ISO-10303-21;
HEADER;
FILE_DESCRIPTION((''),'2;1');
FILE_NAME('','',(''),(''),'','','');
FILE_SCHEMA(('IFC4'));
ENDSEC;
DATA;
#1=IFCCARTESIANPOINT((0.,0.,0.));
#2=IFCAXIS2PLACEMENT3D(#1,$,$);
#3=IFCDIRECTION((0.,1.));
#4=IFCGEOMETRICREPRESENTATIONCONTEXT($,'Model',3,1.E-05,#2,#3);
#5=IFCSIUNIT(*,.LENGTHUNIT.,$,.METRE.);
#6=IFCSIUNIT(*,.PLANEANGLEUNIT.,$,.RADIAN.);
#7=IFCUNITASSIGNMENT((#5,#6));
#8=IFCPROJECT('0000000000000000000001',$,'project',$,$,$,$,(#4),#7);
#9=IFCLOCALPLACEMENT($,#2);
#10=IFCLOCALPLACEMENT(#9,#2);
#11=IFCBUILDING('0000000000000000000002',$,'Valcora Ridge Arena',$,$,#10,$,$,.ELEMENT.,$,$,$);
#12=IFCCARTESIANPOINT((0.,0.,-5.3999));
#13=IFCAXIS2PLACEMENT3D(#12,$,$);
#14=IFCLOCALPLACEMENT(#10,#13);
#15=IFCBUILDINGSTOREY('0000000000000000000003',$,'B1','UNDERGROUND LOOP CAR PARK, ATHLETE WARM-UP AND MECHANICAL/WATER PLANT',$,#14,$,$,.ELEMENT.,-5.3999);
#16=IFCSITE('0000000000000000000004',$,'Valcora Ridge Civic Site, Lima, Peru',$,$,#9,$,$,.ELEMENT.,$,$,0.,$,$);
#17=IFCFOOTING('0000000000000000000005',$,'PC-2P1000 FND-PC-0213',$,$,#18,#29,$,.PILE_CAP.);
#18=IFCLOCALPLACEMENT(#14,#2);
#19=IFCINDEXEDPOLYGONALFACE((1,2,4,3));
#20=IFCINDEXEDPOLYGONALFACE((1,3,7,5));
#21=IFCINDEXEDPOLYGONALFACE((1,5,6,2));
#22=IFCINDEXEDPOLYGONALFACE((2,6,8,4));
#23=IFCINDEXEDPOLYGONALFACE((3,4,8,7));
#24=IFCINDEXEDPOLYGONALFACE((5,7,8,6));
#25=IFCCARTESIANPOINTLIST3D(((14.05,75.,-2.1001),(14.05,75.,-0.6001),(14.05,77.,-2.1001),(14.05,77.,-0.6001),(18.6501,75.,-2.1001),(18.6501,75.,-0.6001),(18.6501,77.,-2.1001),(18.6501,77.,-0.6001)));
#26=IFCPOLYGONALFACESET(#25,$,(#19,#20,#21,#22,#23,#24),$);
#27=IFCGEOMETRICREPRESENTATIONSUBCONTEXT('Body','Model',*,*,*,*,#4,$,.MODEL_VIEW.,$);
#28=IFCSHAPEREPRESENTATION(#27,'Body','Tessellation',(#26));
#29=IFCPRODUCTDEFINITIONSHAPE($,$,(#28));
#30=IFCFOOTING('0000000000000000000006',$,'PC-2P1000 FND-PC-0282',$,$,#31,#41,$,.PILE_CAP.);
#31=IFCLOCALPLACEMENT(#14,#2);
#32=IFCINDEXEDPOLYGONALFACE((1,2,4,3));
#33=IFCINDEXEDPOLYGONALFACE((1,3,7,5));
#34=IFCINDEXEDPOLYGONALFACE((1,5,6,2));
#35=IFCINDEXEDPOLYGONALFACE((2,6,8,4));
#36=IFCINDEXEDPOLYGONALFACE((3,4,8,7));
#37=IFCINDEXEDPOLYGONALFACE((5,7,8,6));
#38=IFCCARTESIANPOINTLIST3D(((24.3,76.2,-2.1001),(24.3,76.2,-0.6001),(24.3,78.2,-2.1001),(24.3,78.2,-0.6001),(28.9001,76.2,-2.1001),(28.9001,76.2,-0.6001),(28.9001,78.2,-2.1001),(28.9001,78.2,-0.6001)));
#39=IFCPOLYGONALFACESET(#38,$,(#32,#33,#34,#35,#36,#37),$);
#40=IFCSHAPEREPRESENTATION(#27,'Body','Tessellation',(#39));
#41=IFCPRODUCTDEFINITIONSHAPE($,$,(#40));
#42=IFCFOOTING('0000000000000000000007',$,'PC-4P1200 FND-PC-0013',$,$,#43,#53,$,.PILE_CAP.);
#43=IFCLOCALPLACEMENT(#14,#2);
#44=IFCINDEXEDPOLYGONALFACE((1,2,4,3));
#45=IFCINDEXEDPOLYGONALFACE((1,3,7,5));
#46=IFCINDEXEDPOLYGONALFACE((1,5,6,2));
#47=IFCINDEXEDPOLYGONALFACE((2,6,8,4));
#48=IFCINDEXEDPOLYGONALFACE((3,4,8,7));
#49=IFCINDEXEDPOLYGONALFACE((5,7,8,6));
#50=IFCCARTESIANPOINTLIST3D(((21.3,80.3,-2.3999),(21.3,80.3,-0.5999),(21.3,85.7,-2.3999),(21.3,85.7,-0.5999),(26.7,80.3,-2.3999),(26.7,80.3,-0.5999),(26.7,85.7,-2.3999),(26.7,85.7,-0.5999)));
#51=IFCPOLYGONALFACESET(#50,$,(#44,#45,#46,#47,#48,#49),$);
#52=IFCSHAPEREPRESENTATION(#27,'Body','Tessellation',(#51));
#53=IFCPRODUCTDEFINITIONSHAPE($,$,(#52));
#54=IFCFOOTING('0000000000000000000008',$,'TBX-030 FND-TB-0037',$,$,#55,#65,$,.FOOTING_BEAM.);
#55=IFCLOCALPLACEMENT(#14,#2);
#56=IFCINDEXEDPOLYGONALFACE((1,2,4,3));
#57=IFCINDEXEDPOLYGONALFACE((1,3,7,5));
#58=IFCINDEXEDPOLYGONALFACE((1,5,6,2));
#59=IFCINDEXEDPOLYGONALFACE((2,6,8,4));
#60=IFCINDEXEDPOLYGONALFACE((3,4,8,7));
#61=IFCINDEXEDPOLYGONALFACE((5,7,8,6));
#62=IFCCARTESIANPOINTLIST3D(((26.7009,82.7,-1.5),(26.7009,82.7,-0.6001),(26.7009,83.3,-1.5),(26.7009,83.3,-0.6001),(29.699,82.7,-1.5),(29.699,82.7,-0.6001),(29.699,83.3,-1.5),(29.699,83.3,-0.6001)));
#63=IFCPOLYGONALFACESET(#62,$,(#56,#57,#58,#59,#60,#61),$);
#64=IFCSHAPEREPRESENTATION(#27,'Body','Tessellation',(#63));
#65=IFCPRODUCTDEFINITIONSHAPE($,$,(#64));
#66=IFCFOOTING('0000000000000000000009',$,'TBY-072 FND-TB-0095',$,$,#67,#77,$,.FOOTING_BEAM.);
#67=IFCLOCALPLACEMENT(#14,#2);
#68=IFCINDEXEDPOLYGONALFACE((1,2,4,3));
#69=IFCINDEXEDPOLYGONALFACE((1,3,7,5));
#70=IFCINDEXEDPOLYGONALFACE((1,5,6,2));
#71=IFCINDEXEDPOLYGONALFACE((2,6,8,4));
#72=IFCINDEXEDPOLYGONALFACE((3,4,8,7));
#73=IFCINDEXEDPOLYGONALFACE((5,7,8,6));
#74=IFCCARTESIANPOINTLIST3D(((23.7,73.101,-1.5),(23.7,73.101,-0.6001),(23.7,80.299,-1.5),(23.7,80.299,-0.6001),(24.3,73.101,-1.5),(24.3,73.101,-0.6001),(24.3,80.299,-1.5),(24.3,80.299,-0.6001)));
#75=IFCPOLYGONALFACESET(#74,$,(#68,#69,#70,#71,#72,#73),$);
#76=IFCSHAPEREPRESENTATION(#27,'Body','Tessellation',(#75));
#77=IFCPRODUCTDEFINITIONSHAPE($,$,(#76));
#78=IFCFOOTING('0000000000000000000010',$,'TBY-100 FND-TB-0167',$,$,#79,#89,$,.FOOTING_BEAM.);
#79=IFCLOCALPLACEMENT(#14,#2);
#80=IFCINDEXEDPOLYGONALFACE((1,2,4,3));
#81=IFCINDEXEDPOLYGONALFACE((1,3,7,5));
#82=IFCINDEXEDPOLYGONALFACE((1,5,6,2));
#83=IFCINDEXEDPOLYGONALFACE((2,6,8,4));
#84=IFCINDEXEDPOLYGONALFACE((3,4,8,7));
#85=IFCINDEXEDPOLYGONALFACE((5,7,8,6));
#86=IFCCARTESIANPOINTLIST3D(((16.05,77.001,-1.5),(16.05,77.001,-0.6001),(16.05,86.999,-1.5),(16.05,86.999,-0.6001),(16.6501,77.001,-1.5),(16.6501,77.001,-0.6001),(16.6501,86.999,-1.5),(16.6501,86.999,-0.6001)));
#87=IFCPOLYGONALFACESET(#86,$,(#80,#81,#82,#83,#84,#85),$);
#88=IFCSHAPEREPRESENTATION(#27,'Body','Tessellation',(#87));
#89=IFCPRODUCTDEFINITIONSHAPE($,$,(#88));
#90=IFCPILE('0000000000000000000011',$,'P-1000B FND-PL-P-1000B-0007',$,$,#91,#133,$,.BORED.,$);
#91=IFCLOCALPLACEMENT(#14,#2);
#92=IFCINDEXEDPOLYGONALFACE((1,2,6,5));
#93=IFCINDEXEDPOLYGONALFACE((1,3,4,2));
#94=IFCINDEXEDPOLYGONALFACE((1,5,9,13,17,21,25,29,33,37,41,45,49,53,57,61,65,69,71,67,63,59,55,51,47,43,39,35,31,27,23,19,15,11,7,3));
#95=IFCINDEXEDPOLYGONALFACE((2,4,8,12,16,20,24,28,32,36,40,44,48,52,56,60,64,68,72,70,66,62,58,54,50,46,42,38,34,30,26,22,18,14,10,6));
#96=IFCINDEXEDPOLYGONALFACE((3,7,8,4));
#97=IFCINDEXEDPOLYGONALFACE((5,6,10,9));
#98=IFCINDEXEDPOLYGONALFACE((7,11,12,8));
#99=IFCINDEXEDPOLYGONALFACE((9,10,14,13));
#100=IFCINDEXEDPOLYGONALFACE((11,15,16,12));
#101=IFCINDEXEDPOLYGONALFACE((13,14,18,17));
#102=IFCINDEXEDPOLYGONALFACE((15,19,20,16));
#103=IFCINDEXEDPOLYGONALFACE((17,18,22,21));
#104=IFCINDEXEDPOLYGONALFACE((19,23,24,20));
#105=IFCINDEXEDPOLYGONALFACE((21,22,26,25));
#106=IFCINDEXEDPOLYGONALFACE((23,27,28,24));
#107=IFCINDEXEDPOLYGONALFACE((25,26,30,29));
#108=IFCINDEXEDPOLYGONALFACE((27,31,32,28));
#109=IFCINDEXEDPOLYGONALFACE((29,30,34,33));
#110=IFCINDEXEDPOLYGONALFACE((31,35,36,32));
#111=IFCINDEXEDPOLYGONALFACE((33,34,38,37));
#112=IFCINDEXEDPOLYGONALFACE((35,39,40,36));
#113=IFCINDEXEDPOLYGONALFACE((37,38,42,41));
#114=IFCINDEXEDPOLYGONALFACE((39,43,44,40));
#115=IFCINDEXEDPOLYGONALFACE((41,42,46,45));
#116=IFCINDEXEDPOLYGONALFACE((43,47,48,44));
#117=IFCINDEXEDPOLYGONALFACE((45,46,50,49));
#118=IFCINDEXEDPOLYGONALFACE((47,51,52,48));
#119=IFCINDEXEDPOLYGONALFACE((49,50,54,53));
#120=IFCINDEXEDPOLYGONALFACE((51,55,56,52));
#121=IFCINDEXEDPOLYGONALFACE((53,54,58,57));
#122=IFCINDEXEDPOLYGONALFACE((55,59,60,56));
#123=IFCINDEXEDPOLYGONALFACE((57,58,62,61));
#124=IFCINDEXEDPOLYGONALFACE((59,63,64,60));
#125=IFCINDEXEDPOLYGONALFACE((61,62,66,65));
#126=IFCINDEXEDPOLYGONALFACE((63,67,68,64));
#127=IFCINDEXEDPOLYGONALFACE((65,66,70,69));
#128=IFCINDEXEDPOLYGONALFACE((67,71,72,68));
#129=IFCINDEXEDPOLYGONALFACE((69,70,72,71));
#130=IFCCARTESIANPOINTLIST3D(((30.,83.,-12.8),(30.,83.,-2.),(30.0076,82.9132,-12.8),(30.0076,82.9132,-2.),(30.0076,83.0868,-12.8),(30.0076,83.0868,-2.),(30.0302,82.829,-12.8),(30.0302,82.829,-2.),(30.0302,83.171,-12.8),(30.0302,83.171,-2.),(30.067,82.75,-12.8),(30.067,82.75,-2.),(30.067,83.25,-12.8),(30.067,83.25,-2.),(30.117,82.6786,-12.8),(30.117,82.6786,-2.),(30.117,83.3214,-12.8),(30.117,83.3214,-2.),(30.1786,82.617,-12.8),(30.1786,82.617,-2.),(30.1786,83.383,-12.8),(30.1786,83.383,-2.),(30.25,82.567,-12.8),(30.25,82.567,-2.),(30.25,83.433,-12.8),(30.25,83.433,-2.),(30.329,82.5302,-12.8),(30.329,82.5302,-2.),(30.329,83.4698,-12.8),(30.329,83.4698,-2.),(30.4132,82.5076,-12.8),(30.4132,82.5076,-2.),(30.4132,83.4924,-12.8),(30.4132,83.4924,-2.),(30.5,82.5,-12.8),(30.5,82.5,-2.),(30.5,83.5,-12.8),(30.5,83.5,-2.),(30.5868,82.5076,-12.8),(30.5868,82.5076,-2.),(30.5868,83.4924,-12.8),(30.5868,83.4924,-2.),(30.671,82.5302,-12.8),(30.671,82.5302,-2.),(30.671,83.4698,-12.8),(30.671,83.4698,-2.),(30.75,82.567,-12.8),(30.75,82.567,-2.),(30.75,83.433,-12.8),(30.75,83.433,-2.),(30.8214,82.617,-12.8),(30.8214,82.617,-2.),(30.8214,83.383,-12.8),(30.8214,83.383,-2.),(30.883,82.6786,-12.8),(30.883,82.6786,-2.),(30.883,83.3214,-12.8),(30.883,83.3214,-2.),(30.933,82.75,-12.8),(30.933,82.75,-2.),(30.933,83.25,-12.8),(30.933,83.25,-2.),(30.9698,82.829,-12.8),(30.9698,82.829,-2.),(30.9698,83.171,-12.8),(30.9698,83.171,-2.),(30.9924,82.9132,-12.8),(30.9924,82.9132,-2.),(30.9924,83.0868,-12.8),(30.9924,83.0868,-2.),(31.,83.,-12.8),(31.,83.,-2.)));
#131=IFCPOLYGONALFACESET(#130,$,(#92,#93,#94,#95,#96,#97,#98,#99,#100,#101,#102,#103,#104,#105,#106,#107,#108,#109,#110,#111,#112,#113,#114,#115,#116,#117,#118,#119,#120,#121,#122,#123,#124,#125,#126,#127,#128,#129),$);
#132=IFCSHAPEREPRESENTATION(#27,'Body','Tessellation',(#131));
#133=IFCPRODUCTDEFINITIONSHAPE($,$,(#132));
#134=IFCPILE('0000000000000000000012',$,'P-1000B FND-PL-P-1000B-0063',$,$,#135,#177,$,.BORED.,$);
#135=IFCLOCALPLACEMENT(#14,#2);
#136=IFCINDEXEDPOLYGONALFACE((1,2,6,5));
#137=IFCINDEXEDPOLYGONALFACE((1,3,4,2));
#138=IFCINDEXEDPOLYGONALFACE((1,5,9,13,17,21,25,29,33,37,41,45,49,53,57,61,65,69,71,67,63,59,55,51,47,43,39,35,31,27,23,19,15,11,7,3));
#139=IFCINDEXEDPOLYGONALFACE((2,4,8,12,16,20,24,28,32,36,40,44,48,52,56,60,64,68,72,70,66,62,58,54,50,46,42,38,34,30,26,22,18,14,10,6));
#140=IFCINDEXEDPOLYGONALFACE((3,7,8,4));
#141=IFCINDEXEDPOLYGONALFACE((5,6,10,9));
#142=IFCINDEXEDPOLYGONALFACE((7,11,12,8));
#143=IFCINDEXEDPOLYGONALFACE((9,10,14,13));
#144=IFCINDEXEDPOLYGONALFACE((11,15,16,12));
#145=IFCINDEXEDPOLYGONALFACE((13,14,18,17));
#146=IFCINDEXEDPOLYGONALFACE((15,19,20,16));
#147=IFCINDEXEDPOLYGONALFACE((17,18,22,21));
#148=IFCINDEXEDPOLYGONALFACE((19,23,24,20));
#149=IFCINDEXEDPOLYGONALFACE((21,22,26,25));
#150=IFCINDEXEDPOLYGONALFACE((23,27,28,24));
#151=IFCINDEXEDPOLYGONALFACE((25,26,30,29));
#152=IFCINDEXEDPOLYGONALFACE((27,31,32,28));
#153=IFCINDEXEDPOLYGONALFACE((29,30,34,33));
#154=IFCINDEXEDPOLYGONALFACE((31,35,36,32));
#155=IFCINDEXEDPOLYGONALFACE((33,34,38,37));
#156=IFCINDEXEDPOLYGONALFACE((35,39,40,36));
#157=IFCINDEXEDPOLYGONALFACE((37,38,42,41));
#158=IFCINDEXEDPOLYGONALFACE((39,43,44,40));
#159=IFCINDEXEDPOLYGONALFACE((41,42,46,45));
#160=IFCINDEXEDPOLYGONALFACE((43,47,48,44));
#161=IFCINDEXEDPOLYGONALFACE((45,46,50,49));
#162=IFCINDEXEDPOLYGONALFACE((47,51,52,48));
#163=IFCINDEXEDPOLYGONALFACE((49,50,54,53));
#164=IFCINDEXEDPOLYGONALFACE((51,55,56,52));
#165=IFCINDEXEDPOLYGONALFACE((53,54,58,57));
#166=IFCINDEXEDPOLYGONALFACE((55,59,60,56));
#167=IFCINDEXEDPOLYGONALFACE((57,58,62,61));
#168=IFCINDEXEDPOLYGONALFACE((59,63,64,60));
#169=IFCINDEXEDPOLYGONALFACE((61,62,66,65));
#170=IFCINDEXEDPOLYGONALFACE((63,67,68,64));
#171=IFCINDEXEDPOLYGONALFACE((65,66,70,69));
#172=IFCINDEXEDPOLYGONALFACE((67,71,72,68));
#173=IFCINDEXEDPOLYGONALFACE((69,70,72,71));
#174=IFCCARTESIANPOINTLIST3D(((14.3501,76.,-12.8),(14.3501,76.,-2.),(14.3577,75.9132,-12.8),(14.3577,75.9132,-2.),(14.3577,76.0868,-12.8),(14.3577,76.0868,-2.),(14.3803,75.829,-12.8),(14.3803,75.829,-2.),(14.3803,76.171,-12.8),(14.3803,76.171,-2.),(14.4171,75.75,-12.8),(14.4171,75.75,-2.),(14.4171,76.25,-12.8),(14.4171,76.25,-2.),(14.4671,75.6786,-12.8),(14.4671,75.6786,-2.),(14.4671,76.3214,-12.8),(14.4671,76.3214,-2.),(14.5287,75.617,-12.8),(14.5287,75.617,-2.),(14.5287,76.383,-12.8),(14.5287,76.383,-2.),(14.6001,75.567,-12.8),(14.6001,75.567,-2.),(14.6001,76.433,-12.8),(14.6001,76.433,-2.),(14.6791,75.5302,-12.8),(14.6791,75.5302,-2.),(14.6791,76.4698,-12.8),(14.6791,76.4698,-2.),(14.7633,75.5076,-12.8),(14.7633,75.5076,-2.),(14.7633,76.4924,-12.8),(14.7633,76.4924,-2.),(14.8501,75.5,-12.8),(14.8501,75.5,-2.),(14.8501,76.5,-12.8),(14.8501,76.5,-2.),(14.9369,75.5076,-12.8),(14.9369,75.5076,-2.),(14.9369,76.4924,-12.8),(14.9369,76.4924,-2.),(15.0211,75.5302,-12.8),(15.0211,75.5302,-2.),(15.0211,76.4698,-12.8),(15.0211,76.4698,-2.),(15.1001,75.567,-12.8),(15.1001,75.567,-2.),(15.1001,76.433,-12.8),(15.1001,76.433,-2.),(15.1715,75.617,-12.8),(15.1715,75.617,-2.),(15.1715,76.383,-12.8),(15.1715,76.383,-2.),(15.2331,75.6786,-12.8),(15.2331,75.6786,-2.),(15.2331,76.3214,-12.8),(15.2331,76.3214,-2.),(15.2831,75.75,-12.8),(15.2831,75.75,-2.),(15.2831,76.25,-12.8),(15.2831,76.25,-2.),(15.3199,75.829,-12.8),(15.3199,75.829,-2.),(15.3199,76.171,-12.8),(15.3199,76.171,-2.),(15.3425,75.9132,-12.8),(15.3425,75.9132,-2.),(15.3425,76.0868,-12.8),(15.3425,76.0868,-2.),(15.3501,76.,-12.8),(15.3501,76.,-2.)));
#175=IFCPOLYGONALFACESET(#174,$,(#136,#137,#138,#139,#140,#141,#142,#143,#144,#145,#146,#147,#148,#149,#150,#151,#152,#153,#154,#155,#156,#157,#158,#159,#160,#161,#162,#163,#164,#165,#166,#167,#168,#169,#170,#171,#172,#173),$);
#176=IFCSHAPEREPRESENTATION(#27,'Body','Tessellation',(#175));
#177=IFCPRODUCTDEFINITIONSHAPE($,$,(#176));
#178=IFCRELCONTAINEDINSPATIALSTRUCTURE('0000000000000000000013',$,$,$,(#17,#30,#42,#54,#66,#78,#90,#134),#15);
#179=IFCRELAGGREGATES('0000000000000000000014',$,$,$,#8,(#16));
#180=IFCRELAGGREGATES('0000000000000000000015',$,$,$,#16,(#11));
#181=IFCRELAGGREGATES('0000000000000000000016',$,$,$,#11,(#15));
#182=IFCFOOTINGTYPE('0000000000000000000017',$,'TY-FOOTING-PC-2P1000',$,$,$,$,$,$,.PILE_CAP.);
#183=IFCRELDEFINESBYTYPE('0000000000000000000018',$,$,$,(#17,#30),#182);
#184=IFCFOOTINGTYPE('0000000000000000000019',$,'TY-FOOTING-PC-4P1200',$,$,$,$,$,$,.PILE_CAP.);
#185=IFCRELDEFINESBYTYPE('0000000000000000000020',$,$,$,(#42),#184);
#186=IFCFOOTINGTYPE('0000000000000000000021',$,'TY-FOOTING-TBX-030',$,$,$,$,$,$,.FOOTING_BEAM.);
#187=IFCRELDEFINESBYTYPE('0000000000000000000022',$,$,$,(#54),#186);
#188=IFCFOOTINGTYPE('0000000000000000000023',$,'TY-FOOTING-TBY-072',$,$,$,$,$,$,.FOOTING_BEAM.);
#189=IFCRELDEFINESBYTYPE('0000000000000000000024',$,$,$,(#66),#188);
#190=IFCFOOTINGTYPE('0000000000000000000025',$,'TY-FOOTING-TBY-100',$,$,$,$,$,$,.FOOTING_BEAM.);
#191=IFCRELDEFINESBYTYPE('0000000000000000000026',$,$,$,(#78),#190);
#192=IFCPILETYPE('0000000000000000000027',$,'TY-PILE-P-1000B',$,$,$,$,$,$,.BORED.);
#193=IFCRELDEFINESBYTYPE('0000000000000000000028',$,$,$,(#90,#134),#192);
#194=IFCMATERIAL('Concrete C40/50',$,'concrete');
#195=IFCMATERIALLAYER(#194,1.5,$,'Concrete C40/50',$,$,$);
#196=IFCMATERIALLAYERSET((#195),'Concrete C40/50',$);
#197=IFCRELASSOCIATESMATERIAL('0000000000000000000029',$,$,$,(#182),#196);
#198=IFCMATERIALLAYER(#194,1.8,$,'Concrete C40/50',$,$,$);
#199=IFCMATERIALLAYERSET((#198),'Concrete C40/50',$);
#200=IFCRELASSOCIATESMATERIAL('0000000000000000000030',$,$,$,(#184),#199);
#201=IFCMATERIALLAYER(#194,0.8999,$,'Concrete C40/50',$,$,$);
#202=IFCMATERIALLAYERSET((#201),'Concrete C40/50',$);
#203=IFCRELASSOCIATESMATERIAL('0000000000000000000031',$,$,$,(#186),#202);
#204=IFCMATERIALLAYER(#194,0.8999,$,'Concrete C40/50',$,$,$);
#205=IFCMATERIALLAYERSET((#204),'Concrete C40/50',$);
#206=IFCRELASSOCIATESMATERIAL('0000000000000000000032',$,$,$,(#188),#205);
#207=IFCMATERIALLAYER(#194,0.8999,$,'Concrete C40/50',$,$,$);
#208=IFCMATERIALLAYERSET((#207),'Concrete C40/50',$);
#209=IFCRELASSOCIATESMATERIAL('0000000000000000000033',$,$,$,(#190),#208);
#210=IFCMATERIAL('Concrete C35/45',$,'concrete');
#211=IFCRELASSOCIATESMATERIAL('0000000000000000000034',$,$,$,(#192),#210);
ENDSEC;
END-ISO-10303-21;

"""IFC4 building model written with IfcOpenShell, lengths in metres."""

from ifc_helpers import new_model, si_unit, direction, frame, origin, origin_2d, place, context, subcontext, project, spatial, rectangle, circle, extrude, material, layer, layer_set, material_profile, profile_set, type_object, element, save


model = new_model("IFC4")

# Units and contexts
model_context = context("Model", 3, precision=1e-05, world=origin(), true_north=direction((0.0, 1.0)))
body_context = subcontext(model_context, "Body", "Model", "MODEL_VIEW")
ifc_project = project(units=[si_unit("LENGTHUNIT", "METRE"), si_unit("PLANEANGLEUNIT", "RADIAN")], contexts=[model_context])

# Site, building, storey
site_placement = place(None, origin())
site = spatial("IfcSite", under=ifc_project, at=site_placement, Name="Valcora Ridge Civic Site, Lima, Peru", CompositionType="ELEMENT", RefElevation=0.0)
building_placement = place(site_placement, origin())
building = spatial("IfcBuilding", under=site, at=building_placement, Name="Valcora Ridge Arena", CompositionType="ELEMENT")
storey_placement = place(building_placement, frame((0.0, 0.0, -5.3999)))
storey = spatial("IfcBuildingStorey", under=building, at=storey_placement, Name="B1", Description="UNDERGROUND LOOP CAR PARK, ATHLETE WARM-UP AND MECHANICAL/WATER PLANT", CompositionType="ELEMENT", Elevation=-5.3999)

# Footings
ifc_material_1 = material(Name="Concrete C40/50", Category="concrete")
ifc_layer_1 = layer(ifc_material_1, 1.5, Name="Concrete C40/50")
ifc_layer_set_1 = layer_set([ifc_layer_1], Name="Concrete C40/50")
footing_type_1 = type_object("IfcFootingType", Name="TY-FOOTING-PC-2P1000", PredefinedType="PILE_CAP", material=ifc_layer_set_1)
for number, where, z_axis, x_axis, name in (
    (1, (16.3501, 76.0, -2.1001), (0.0, 0.0, 1.0), (1.0, 0.0, 0.0), "PC-2P1000 FND-PC-0213"),
    (2, (26.6001, 77.2, -2.1001), (0.0, 0.0, 1.0), (1.0, 0.0, 0.0), "PC-2P1000 FND-PC-0282"),
):
    element("IfcFooting", number, at=place(storey_placement, frame(where, z_axis=z_axis, x_axis=x_axis)), inside=storey, type_object=footing_type_1, Name=name, PredefinedType="PILE_CAP", context=body_context, shape_type="SweptSolid", body=[
        extrude(rectangle(XDim=4.6001, YDim=2.0, at=origin_2d()), origin(), (0.0, 0.0, 1.0), 1.5),
    ])
ifc_layer_2 = layer(ifc_material_1, 1.8, Name="Concrete C40/50")
ifc_layer_set_2 = layer_set([ifc_layer_2], Name="Concrete C40/50")
footing_type_2 = type_object("IfcFootingType", Name="TY-FOOTING-PC-4P1200", PredefinedType="PILE_CAP", material=ifc_layer_set_2)
footing_1_placement = place(storey_placement, frame((24.0, 83.0, -2.3999), z_axis=(0.0, 0.0, 1.0), x_axis=(1.0, 0.0, 0.0)))
element("IfcFooting", 3, at=footing_1_placement, inside=storey, type_object=footing_type_2, Name="PC-4P1200 FND-PC-0013", PredefinedType="PILE_CAP", context=body_context, shape_type="SweptSolid", body=[
    extrude(rectangle(XDim=5.3999, YDim=5.3999, at=origin_2d()), origin(), (0.0, 0.0, 1.0), 1.8),
])
ifc_layer_3 = layer(ifc_material_1, 0.8999, Name="Concrete C40/50")
ifc_layer_set_3 = layer_set([ifc_layer_3], Name="Concrete C40/50")
footing_type_3 = type_object("IfcFootingType", Name="TY-FOOTING-TBX-030", PredefinedType="FOOTING_BEAM", material=ifc_layer_set_3)
footing_2_placement = place(storey_placement, frame((28.2, 83.0, -1.5), z_axis=(0.0, 0.0, 1.0), x_axis=(1.0, 0.0, 0.0)))
element("IfcFooting", 4, at=footing_2_placement, inside=storey, type_object=footing_type_3, Name="TBX-030 FND-TB-0037", PredefinedType="FOOTING_BEAM", context=body_context, shape_type="SweptSolid", body=[
    extrude(rectangle(XDim=2.998, YDim=0.6001, at=origin_2d()), origin(), (0.0, 0.0, 1.0), 0.8999),
])
ifc_layer_4 = layer(ifc_material_1, 0.8999, Name="Concrete C40/50")
ifc_layer_set_4 = layer_set([ifc_layer_4], Name="Concrete C40/50")
footing_type_4 = type_object("IfcFootingType", Name="TY-FOOTING-TBY-072", PredefinedType="FOOTING_BEAM", material=ifc_layer_set_4)
footing_3_placement = place(storey_placement, frame((24.0, 76.7, -1.5), z_axis=(0.0, 0.0, 1.0), x_axis=(1.0, 0.0, 0.0)))
element("IfcFooting", 5, at=footing_3_placement, inside=storey, type_object=footing_type_4, Name="TBY-072 FND-TB-0095", PredefinedType="FOOTING_BEAM", context=body_context, shape_type="SweptSolid", body=[
    extrude(rectangle(XDim=0.6001, YDim=7.198, at=origin_2d()), origin(), (0.0, 0.0, 1.0), 0.8999),
])
ifc_layer_5 = layer(ifc_material_1, 0.8999, Name="Concrete C40/50")
ifc_layer_set_5 = layer_set([ifc_layer_5], Name="Concrete C40/50")
footing_type_5 = type_object("IfcFootingType", Name="TY-FOOTING-TBY-100", PredefinedType="FOOTING_BEAM", material=ifc_layer_set_5)
footing_4_placement = place(storey_placement, frame((16.3501, 82.0, -1.5), z_axis=(0.0, 0.0, 1.0), x_axis=(1.0, 0.0, 0.0)))
element("IfcFooting", 6, at=footing_4_placement, inside=storey, type_object=footing_type_5, Name="TBY-100 FND-TB-0167", PredefinedType="FOOTING_BEAM", context=body_context, shape_type="SweptSolid", body=[
    extrude(rectangle(XDim=0.6001, YDim=9.998, at=origin_2d()), origin(), (0.0, 0.0, 1.0), 0.8999),
])

# Piles
ifc_material_2 = material(Name="Concrete C35/45", Category="concrete")
ifc_material_profile_1 = material_profile(ifc_material_2, circle(Radius=0.5, at=origin_2d()), Name="BORED PILE D1000")
ifc_profile_set_1 = profile_set([ifc_material_profile_1], Name="Concrete C35/45")
pile_type_1 = type_object("IfcPileType", Name="TY-PILE-P-1000B", PredefinedType="BORED", material=ifc_profile_set_1)
for number, where, z_axis, x_axis, name in (
    (7, (30.5, 83.0, -2.0), (0.0, 0.0, -1.0), (1.0, 0.0, 0.0), "P-1000B FND-PL-P-1000B-0007"),
    (8, (14.8501, 76.0, -2.0), (0.0, 0.0, -1.0), (1.0, 0.0, 0.0), "P-1000B FND-PL-P-1000B-0063"),
):
    element("IfcPile", number, at=place(storey_placement, frame(where, z_axis=z_axis, x_axis=x_axis)), inside=storey, type_object=pile_type_1, Name=name, PredefinedType="BORED", context=body_context, shape_type="SweptSolid", body=[
        extrude(circle(Radius=0.5, at=origin_2d()), origin(), (0.0, 0.0, 1.0), 10.8),
    ])

save(model, "model.ifc")
